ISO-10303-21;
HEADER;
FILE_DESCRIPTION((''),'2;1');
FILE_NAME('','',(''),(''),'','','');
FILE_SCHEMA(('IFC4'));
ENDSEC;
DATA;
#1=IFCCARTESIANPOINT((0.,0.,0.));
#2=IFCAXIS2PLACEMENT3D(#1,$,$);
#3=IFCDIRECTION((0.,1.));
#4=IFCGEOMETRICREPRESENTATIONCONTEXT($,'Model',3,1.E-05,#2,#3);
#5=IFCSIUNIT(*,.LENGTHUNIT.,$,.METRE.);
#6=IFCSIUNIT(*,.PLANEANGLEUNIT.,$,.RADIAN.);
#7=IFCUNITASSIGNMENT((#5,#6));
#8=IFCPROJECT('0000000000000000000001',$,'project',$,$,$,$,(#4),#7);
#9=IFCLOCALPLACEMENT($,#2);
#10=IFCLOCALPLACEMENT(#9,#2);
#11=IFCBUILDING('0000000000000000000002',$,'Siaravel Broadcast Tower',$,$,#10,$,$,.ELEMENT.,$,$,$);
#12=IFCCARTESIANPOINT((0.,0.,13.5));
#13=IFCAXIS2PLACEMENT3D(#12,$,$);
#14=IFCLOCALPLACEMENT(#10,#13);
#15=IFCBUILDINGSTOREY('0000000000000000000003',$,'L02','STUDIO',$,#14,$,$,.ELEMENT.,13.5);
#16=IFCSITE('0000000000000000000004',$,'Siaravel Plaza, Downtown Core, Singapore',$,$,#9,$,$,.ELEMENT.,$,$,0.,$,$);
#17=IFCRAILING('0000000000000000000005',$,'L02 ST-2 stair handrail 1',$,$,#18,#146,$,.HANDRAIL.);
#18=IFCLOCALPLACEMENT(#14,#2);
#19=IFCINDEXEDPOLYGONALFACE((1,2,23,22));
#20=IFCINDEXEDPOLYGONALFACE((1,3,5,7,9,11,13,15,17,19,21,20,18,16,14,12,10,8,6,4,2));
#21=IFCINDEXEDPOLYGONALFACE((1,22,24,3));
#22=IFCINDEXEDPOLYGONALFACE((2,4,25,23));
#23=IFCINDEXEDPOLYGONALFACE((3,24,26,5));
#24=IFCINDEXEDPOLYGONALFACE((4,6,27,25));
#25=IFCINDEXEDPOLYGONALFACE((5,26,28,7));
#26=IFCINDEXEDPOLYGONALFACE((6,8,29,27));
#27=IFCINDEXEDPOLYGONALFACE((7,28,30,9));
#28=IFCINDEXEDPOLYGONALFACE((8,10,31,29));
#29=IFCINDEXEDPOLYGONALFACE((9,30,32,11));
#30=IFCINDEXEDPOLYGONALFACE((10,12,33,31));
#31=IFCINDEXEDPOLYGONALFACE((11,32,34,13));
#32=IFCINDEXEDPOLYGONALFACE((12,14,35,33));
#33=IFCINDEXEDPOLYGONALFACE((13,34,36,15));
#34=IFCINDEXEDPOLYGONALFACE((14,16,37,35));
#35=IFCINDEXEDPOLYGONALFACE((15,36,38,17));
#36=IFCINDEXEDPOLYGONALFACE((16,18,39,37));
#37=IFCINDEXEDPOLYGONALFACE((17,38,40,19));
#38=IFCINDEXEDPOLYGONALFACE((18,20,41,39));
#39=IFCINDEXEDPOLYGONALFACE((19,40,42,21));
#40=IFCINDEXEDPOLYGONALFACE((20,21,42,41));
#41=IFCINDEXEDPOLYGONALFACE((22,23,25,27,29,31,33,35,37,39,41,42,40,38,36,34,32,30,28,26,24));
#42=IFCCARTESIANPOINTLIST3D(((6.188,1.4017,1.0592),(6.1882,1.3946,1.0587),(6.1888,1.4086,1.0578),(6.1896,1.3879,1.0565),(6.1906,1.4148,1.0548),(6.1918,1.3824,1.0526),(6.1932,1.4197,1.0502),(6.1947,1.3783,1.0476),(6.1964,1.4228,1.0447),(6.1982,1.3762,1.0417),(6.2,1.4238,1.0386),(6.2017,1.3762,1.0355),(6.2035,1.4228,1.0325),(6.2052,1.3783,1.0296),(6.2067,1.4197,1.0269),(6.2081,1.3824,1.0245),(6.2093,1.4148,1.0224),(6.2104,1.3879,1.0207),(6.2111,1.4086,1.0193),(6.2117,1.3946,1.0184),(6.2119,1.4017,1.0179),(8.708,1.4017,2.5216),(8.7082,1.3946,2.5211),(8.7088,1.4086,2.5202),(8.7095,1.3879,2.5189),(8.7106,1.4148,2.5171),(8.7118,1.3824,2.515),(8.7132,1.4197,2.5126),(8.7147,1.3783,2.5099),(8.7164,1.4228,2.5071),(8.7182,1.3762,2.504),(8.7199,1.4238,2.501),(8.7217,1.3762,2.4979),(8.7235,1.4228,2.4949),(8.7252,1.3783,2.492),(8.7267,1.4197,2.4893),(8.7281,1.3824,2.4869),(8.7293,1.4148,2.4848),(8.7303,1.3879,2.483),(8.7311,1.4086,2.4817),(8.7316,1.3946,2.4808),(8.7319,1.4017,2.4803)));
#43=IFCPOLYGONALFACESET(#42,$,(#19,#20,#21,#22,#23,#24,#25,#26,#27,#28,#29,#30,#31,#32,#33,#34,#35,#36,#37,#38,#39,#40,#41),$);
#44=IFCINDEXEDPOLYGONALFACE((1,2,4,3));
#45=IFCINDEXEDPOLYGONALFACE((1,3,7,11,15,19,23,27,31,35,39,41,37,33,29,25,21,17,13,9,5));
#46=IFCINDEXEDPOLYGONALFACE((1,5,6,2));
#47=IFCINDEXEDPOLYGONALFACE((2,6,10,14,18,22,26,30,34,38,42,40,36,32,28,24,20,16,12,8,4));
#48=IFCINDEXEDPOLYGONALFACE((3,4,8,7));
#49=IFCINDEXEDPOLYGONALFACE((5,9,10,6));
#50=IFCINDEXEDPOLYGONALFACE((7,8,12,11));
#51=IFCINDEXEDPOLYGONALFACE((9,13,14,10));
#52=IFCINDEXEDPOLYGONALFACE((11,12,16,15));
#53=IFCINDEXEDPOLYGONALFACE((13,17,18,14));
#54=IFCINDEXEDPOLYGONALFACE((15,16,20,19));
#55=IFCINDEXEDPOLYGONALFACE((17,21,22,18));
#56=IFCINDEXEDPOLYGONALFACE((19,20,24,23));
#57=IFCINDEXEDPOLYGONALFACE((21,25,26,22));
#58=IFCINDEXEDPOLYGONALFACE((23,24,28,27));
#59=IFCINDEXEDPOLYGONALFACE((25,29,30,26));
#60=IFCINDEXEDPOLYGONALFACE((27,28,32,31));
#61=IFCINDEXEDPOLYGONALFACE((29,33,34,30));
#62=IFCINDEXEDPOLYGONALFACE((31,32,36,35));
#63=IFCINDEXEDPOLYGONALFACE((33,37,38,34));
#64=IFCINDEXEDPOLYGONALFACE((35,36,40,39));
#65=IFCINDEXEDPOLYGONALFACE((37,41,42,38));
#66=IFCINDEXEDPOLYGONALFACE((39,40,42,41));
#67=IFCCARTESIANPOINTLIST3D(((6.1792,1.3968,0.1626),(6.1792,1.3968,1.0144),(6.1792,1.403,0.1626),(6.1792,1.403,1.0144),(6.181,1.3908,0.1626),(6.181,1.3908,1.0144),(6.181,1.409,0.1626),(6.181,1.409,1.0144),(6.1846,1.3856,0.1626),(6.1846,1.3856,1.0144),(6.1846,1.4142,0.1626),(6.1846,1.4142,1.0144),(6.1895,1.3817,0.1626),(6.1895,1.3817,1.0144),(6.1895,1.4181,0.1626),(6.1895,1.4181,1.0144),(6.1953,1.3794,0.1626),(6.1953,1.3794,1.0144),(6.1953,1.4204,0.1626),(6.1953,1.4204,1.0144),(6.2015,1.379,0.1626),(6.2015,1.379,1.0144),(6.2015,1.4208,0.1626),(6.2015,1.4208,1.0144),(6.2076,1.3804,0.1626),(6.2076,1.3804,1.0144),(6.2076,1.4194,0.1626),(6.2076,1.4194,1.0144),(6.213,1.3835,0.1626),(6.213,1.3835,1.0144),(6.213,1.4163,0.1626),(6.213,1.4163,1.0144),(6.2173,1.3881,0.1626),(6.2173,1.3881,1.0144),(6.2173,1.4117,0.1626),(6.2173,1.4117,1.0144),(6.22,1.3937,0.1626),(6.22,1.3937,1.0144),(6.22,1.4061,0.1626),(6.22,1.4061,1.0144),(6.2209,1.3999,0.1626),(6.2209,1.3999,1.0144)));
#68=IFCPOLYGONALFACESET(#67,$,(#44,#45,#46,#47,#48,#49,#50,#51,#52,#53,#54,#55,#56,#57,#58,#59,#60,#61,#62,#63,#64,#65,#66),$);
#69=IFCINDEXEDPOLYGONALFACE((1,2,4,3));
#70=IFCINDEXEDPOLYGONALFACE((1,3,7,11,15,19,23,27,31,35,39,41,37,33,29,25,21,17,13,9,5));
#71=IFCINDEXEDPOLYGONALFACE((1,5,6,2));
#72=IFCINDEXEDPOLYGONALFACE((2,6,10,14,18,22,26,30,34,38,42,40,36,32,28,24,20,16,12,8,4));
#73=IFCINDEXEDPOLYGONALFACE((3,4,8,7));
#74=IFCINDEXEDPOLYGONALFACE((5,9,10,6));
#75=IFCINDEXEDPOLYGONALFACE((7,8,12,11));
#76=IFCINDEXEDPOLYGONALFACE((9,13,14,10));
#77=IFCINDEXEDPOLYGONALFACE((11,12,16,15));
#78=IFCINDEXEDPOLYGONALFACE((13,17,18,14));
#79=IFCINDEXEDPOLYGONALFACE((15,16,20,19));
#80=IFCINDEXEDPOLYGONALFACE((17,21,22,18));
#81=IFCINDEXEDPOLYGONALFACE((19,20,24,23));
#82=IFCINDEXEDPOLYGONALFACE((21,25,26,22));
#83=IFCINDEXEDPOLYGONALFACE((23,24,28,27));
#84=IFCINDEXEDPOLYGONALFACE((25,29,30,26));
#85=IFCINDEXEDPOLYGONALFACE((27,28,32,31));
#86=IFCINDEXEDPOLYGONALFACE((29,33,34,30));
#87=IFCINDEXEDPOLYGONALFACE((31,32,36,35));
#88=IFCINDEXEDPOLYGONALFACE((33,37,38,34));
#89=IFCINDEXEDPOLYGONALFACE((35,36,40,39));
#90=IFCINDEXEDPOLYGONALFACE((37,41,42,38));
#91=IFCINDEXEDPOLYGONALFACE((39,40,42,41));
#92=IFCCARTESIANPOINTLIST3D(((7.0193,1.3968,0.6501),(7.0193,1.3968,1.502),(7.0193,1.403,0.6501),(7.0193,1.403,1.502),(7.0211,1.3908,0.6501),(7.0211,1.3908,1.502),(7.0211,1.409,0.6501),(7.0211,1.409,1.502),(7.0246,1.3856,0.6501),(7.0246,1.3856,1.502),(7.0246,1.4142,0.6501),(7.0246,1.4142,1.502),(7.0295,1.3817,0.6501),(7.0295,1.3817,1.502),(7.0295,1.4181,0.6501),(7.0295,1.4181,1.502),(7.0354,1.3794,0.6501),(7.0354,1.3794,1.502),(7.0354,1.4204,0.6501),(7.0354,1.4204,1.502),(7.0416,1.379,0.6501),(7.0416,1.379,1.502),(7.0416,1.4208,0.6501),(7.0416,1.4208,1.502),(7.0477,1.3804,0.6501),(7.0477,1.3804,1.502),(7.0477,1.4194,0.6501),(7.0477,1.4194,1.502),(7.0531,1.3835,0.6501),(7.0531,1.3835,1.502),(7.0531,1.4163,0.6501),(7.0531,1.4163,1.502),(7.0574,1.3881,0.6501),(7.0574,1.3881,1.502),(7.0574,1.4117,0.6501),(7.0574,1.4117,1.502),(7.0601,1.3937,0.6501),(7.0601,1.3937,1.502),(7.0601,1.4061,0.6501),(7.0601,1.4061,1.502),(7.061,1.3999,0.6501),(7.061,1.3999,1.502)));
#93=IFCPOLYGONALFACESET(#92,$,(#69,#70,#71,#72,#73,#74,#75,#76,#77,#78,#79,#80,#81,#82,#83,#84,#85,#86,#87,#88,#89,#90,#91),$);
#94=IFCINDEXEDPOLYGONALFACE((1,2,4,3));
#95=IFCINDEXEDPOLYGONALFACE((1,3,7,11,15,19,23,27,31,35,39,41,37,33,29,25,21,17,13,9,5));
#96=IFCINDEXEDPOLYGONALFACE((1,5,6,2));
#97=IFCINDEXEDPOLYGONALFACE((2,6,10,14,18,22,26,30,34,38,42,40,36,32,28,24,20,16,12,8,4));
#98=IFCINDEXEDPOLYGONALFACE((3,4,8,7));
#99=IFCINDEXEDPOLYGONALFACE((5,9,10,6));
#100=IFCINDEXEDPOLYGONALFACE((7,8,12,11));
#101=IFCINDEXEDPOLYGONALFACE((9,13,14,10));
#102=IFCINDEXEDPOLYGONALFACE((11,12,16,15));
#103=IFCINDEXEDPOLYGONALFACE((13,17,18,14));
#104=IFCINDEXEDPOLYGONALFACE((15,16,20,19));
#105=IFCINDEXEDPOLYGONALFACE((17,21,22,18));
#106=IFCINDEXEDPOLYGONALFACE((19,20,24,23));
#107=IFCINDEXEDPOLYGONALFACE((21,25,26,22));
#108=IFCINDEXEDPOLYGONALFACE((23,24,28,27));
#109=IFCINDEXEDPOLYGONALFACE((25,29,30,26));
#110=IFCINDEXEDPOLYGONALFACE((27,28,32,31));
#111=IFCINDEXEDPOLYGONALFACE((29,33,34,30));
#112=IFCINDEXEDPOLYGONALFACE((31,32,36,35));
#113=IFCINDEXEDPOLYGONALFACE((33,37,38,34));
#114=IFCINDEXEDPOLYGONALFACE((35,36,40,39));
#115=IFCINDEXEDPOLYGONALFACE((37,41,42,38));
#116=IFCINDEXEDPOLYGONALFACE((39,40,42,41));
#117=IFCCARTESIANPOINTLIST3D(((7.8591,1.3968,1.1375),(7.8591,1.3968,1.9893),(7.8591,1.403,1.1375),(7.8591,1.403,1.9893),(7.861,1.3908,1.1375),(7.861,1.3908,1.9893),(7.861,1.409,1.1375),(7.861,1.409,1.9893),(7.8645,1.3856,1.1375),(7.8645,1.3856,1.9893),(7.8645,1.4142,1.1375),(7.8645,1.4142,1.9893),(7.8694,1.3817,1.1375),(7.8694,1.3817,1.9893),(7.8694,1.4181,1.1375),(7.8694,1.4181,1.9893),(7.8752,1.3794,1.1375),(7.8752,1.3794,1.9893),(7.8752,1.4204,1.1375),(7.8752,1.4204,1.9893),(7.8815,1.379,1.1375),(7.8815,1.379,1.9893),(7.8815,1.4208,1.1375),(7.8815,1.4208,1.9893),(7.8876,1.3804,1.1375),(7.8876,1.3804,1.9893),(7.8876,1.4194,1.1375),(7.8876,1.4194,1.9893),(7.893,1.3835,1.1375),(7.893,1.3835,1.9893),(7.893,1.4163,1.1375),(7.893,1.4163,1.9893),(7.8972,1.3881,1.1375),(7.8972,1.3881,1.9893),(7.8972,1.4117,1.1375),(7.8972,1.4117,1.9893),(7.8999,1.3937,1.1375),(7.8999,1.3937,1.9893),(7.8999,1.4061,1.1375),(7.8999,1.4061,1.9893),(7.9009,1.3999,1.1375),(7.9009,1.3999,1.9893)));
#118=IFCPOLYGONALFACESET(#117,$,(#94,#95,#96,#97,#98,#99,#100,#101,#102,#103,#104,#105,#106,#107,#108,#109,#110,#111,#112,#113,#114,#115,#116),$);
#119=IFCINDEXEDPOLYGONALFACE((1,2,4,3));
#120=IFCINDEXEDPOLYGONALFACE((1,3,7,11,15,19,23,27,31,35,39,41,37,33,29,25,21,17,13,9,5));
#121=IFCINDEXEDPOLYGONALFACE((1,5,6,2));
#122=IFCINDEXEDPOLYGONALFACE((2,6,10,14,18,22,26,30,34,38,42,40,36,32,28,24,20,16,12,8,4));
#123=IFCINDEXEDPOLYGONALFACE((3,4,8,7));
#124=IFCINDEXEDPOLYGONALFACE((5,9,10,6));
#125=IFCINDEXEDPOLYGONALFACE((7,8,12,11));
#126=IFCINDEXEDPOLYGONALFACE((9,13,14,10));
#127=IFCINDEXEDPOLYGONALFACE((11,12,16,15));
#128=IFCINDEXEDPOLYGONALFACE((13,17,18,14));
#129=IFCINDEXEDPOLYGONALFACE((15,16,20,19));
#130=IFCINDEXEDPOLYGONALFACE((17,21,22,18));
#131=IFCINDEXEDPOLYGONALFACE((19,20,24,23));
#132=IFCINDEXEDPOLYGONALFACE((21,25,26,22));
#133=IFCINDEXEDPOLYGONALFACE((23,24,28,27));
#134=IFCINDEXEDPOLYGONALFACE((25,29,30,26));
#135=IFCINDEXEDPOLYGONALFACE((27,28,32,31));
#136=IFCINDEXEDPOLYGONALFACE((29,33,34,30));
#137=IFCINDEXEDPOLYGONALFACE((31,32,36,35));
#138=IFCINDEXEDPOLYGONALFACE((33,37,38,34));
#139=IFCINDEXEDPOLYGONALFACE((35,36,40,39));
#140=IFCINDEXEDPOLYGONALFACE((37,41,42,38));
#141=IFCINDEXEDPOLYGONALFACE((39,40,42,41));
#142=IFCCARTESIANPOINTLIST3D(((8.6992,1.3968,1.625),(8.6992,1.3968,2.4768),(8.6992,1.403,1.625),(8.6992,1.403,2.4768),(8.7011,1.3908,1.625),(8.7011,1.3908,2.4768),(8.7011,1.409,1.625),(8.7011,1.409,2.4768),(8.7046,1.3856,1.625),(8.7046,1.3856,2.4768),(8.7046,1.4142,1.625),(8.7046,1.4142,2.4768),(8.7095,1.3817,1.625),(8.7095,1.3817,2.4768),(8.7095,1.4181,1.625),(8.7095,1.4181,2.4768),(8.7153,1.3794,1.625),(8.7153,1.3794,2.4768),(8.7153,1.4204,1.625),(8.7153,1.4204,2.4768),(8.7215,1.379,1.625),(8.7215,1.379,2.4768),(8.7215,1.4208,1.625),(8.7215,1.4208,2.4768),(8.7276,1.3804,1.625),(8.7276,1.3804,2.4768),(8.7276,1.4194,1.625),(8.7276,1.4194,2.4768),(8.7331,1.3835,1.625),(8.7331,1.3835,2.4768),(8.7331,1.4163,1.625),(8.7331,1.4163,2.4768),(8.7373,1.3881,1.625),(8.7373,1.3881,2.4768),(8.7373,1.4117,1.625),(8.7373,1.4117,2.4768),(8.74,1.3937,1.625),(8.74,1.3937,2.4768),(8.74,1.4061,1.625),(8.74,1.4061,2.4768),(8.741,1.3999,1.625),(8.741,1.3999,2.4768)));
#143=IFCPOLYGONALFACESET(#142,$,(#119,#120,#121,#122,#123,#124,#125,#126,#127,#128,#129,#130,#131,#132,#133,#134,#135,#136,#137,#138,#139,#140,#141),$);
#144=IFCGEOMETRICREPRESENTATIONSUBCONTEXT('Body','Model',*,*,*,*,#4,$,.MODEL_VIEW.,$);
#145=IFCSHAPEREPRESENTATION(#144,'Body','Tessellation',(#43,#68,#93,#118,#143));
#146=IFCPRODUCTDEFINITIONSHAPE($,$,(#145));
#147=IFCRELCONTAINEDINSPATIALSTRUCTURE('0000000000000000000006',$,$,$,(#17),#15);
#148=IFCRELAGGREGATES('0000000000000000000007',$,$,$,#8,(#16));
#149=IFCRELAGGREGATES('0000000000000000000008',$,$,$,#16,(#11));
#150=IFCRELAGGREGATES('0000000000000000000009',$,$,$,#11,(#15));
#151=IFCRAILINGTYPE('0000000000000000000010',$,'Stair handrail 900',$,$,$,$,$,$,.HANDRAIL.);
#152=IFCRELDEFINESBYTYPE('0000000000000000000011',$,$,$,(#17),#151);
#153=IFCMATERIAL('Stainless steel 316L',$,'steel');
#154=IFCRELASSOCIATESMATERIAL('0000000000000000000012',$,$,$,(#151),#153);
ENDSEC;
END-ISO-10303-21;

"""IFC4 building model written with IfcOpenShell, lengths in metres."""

from ifc_helpers import new_model, si_unit, direction, frame, origin, origin_2d, place, context, subcontext, project, spatial, circle, extrude, material, type_object, element, save


model = new_model("IFC4")

# Units and contexts
model_context = context("Model", 3, precision=1e-05, world=origin(), true_north=direction((0.0, 1.0)))
body_context = subcontext(model_context, "Body", "Model", "MODEL_VIEW")
ifc_project = project(units=[si_unit("LENGTHUNIT", "METRE"), si_unit("PLANEANGLEUNIT", "RADIAN")], contexts=[model_context])

# Site, building, storey
site_placement = place(None, origin())
site = spatial("IfcSite", under=ifc_project, at=site_placement, Name="Siaravel Plaza, Downtown Core, Singapore", CompositionType="ELEMENT", RefElevation=0.0)
building_placement = place(site_placement, origin())
building = spatial("IfcBuilding", under=site, at=building_placement, Name="Siaravel Broadcast Tower", CompositionType="ELEMENT")
storey_placement = place(building_placement, frame((0.0, 0.0, 13.5)))
storey = spatial("IfcBuildingStorey", under=building, at=storey_placement, Name="L02", Description="STUDIO", CompositionType="ELEMENT", Elevation=13.5)

# Railing
ifc_material_1 = material(Name="Stainless steel 316L", Category="steel")
railing_type_1 = type_object("IfcRailingType", Name="Stair handrail 900", PredefinedType="HANDRAIL", material=ifc_material_1)
for number, where, name in (
    (1, (6.2, 1.3999, 0.1626), "L02 ST-2 stair handrail 1"),
):
    element("IfcRailing", number, at=place(storey_placement, frame(where)), inside=storey, type_object=railing_type_1, Name=name, PredefinedType="HANDRAIL", context=body_context, shape_type="SweptSolid", body=[
        extrude(circle(Radius=0.0239, at=origin_2d()), frame((0.0, 0.0, 0.876), z_axis=(0.864913, 0.0, 0.501921), x_axis=(0.0, 1.0, 0.0)), (0.0, 0.0, 1.0), 2.9136),
        extrude(circle(Radius=0.021, at=origin_2d()), origin(), (0.0, 0.0, 1.0), 0.8518),
        extrude(circle(Radius=0.021, at=origin_2d()), frame((0.8401, 0.0, 0.4875)), (0.0, 0.0, 1.0), 0.8518),
        extrude(circle(Radius=0.021, at=origin_2d()), frame((1.6799, 0.0, 0.9749)), (0.0, 0.0, 1.0), 0.8518),
        extrude(circle(Radius=0.021, at=origin_2d()), frame((2.52, 0.0, 1.4624)), (0.0, 0.0, 1.0), 0.8518),
    ])

save(model, "model.ifc")
